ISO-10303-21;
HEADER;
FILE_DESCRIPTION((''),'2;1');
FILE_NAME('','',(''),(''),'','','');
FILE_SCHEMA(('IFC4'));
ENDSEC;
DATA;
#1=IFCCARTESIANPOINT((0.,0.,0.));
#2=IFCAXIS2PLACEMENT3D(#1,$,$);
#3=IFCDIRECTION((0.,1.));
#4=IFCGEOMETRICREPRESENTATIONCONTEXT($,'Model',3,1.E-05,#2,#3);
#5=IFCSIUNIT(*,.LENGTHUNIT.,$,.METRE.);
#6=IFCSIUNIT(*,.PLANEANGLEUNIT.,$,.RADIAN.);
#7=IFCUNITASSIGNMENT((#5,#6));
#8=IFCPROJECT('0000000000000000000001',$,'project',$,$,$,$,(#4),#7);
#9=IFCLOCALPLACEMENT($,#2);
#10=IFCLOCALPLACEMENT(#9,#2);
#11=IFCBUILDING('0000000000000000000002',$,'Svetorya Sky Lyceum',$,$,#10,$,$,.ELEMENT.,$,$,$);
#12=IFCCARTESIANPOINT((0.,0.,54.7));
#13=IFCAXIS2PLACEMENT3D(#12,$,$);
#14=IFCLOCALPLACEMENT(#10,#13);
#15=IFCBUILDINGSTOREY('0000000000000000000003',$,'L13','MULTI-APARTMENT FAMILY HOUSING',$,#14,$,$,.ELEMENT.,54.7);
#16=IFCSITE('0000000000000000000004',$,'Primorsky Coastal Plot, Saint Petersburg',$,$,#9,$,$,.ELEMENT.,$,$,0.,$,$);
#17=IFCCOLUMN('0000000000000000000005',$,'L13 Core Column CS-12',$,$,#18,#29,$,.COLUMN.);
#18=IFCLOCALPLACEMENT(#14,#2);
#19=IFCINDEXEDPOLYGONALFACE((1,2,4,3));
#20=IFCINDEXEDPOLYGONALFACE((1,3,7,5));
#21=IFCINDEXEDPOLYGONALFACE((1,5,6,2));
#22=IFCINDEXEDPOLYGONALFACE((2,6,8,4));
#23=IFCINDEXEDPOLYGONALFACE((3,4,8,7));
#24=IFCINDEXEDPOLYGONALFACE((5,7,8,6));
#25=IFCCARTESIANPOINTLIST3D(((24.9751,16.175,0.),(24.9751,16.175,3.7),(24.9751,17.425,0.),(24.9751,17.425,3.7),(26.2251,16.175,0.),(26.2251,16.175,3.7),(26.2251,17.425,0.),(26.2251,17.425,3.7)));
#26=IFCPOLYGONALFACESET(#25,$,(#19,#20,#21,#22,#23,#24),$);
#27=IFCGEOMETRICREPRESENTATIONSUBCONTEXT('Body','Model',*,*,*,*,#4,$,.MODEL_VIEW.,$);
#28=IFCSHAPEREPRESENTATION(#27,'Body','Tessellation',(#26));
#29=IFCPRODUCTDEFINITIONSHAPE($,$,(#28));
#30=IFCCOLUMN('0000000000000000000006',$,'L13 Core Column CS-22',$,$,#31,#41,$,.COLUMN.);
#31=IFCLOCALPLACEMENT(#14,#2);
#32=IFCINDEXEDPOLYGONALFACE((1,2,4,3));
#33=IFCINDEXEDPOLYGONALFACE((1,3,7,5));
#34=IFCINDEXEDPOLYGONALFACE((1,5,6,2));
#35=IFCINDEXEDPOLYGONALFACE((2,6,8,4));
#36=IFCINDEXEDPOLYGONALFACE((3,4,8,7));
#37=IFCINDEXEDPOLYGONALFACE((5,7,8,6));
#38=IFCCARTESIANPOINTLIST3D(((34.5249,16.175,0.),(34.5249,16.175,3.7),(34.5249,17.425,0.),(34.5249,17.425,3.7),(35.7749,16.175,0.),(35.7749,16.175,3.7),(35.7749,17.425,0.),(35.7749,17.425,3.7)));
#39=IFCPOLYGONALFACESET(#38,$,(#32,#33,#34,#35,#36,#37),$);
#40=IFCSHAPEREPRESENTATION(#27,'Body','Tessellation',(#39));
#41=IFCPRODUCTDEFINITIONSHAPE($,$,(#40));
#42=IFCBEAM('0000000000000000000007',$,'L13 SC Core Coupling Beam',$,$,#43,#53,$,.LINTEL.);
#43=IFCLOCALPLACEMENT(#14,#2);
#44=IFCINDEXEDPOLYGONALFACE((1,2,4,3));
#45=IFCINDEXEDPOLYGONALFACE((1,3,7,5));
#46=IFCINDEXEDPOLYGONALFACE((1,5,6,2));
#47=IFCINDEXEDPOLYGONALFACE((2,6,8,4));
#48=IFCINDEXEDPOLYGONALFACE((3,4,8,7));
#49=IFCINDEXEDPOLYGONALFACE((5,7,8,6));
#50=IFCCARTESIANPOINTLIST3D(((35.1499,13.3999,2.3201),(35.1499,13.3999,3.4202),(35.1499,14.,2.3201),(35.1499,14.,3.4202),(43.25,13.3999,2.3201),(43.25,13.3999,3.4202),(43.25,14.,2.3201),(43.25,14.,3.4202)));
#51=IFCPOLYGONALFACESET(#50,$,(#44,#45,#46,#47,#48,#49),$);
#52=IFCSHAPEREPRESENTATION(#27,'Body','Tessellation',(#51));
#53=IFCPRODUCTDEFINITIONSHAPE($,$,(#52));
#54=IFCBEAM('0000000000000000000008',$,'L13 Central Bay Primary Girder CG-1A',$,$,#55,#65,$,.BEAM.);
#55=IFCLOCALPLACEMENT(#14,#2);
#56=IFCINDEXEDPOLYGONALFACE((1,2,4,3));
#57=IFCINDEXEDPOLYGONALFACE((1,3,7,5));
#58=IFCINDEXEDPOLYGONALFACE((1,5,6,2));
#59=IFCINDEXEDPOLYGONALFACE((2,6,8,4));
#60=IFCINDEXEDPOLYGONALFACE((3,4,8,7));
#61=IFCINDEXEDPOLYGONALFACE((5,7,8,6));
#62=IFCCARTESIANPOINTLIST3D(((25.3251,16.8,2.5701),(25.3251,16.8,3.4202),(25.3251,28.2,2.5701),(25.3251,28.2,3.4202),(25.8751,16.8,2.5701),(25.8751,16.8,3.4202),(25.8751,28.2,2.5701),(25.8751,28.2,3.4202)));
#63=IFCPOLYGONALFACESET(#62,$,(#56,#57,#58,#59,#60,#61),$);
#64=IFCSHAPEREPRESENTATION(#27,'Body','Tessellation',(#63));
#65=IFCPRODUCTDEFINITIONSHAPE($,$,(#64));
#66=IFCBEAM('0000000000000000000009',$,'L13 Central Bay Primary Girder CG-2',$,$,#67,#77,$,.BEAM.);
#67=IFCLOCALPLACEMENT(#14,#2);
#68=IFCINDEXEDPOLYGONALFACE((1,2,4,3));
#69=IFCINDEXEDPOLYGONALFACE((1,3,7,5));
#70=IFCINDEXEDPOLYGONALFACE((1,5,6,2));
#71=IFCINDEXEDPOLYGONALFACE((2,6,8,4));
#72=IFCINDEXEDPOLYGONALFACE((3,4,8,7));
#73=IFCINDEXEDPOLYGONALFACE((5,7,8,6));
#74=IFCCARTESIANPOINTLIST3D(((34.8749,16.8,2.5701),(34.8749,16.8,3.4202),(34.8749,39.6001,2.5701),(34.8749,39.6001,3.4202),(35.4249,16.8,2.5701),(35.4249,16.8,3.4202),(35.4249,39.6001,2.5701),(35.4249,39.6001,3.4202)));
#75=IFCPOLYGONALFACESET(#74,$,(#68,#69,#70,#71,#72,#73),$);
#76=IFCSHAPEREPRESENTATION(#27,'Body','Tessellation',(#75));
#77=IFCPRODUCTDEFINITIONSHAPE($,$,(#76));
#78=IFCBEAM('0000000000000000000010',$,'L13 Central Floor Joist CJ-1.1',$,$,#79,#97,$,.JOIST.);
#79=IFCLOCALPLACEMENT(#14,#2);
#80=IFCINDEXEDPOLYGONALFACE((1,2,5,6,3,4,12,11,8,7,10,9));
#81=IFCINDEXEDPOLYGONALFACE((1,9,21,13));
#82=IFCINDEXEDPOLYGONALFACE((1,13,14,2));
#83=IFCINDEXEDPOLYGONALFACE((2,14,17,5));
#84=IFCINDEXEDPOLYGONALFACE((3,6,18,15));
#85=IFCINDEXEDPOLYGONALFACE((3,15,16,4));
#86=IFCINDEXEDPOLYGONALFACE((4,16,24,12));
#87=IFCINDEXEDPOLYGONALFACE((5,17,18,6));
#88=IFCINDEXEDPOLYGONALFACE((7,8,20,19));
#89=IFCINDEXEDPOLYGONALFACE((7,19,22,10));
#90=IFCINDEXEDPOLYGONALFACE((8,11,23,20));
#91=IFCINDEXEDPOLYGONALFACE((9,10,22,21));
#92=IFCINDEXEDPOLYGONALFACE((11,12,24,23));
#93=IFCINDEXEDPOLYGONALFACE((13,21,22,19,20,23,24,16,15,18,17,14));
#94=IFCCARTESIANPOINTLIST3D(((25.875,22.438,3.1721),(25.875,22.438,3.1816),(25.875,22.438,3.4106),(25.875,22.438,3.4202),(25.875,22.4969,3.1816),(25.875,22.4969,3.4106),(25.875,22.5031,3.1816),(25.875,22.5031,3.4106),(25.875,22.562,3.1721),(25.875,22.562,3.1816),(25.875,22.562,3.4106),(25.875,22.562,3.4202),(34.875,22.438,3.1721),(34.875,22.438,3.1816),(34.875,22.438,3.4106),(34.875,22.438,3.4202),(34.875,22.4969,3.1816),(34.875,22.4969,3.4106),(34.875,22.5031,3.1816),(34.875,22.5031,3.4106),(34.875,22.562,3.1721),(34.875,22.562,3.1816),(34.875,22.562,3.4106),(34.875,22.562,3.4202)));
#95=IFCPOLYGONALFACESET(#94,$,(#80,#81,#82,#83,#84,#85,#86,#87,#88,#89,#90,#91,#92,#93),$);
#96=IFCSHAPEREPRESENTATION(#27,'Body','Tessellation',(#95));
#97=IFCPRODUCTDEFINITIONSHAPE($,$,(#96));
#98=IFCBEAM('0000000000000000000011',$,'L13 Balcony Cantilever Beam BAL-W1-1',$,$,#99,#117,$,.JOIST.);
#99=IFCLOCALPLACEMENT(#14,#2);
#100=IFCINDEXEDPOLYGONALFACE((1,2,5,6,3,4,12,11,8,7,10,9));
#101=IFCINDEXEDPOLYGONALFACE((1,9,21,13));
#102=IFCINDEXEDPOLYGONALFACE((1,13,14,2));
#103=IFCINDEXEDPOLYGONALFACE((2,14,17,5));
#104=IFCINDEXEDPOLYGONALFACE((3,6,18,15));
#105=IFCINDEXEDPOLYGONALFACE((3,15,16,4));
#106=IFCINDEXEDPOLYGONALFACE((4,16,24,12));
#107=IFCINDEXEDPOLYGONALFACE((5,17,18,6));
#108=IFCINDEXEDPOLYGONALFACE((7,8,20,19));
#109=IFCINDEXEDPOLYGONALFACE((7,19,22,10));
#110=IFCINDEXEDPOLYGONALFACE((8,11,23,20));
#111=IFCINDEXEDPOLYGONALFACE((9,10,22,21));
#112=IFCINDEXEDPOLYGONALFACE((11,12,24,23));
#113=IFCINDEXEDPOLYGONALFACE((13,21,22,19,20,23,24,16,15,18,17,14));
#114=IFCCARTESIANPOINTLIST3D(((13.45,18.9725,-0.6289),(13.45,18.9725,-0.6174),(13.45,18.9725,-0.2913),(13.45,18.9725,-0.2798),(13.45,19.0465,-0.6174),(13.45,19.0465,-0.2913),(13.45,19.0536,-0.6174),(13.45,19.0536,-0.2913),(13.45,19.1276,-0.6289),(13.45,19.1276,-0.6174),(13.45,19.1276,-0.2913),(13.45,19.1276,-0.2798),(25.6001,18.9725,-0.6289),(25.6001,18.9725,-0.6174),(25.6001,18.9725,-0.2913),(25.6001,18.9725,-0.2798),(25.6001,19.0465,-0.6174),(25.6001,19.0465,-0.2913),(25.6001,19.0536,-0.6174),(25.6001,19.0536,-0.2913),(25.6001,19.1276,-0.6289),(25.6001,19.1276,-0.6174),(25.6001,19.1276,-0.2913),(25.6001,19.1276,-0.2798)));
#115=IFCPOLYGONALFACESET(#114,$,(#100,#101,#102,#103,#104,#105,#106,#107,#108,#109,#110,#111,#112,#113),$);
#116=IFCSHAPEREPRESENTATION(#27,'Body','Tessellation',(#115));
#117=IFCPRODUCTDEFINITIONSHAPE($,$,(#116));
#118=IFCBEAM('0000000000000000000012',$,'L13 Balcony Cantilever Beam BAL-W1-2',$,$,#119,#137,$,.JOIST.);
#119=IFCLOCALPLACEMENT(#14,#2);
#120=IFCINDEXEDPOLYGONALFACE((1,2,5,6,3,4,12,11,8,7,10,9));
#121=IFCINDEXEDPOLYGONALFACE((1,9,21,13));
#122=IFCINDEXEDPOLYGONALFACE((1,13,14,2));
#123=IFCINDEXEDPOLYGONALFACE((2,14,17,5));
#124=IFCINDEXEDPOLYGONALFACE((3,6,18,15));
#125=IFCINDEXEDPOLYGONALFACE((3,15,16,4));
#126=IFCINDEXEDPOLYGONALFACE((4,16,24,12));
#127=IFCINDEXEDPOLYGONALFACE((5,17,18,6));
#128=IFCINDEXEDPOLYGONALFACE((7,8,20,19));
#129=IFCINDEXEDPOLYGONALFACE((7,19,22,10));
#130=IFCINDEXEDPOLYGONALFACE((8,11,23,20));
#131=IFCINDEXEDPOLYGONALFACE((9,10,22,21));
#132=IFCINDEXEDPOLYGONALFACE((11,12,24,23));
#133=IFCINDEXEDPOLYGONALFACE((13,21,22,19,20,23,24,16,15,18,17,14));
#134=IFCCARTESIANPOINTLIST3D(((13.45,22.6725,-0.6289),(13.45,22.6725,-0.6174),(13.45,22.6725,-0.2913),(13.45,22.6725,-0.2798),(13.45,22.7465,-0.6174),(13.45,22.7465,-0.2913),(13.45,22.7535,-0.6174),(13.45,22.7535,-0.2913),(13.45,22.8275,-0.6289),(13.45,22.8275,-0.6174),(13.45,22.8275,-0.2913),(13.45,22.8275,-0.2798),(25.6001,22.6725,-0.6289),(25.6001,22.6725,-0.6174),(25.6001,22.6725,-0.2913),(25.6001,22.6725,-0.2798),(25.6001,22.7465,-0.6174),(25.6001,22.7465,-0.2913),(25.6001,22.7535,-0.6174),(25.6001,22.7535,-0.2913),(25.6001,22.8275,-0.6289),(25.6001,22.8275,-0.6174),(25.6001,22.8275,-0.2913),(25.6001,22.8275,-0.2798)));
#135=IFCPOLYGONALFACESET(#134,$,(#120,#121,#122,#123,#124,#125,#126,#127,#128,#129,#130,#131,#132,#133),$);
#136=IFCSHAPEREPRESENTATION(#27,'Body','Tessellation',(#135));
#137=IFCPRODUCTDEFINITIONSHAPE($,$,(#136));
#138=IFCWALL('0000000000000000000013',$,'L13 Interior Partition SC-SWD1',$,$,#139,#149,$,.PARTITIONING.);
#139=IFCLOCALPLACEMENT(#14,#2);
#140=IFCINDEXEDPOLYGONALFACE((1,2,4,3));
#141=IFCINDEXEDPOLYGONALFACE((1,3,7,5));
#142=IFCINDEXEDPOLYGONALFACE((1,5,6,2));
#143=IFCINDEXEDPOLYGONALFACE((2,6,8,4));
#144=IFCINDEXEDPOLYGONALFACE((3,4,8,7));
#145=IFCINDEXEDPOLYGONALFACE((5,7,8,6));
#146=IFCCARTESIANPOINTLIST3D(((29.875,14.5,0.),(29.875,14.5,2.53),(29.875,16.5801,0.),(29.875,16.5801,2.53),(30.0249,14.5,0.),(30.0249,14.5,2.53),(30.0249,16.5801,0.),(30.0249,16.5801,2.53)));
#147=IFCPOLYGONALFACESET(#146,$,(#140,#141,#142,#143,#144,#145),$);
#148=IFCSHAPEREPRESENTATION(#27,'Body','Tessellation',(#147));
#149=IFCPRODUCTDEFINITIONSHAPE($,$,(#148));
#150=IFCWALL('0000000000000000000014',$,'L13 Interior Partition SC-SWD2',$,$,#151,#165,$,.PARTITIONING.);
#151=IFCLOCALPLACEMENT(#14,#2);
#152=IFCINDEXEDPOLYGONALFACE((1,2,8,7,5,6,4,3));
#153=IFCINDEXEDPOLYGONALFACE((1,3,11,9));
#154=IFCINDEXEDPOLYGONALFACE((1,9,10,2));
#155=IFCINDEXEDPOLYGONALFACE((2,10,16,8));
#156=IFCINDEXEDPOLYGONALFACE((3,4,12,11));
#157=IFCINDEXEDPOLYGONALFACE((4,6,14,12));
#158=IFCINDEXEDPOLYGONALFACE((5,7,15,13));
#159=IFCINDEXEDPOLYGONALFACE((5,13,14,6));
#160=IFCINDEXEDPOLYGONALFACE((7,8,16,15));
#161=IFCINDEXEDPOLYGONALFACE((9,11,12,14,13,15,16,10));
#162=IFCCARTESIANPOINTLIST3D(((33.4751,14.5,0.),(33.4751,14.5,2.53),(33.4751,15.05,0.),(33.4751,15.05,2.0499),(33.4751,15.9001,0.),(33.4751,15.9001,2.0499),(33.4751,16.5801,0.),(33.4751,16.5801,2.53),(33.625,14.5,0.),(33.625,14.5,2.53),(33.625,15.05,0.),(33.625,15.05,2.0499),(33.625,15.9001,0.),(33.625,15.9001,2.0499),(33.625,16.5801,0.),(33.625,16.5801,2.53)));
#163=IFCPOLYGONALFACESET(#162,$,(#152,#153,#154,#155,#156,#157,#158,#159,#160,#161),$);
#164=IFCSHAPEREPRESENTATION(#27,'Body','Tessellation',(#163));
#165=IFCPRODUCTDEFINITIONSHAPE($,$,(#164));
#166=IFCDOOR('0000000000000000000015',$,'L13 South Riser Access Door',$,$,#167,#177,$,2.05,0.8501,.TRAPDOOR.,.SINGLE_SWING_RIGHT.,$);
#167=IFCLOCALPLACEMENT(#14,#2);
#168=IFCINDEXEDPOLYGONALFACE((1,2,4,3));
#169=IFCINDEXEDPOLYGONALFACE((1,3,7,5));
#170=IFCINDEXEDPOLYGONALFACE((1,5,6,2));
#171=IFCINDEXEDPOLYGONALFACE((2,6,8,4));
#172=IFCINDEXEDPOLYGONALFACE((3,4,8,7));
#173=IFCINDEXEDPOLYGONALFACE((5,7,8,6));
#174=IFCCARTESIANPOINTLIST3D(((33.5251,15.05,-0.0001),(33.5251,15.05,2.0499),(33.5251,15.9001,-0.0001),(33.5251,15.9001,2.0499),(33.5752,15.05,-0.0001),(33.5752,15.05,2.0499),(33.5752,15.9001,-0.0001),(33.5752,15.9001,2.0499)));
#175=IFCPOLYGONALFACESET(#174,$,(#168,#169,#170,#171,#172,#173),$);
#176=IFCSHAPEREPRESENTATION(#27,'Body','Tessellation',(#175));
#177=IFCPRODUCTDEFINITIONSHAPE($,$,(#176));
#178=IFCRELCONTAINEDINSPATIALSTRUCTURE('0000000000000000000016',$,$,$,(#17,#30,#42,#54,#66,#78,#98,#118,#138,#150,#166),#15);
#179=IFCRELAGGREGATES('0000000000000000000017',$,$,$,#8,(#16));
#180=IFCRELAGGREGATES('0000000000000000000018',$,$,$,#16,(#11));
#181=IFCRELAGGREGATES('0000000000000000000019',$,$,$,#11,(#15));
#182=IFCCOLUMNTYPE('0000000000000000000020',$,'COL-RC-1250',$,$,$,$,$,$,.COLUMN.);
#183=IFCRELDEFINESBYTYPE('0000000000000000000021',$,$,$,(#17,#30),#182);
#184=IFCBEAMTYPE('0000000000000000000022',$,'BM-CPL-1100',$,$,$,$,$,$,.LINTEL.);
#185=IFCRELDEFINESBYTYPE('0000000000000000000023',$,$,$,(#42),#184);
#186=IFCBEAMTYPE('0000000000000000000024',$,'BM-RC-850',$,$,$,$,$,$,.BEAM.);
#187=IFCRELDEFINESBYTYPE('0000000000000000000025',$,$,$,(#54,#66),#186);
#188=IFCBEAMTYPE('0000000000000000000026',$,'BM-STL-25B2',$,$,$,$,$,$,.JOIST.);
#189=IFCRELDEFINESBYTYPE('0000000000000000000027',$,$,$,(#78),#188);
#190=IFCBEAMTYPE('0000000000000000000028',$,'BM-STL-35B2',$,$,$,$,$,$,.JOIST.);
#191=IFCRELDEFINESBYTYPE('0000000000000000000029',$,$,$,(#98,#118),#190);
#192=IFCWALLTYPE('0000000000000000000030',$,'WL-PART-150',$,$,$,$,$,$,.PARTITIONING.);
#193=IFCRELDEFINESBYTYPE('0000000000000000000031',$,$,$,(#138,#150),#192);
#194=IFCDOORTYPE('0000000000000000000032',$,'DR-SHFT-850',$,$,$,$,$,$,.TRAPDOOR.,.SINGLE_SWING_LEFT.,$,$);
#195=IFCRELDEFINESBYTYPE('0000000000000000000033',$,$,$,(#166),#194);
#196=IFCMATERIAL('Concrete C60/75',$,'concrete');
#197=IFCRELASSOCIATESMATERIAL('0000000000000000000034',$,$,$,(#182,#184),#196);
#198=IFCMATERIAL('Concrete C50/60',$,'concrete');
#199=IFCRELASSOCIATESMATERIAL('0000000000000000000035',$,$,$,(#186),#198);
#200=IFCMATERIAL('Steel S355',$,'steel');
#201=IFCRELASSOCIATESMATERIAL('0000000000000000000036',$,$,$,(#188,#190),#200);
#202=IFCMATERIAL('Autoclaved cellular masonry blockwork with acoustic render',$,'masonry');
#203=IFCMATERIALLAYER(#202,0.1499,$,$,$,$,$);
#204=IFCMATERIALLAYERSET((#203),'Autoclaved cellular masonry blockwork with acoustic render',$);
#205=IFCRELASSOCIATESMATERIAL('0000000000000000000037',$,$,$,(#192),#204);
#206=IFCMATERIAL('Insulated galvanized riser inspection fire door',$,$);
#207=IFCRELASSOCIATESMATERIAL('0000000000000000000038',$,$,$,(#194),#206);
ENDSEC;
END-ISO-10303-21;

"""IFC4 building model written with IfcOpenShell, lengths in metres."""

from ifc_helpers import new_model, si_unit, direction, frame, frame_2d, origin, origin_2d, place, context, subcontext, project, spatial, rectangle, i_section, extrude, material, layer, layer_set, material_profile, profile_set, type_object, element, fill, save


model = new_model("IFC4")

# Units and contexts
model_context = context("Model", 3, precision=1e-05, world=origin(), true_north=direction((0.0, 1.0)))
body_context = subcontext(model_context, "Body", "Model", "MODEL_VIEW")
ifc_project = project(units=[si_unit("LENGTHUNIT", "METRE"), si_unit("PLANEANGLEUNIT", "RADIAN")], contexts=[model_context])

# Site, building, storey
site_placement = place(None, origin())
site = spatial("IfcSite", under=ifc_project, at=site_placement, Name="Primorsky Coastal Plot, Saint Petersburg", CompositionType="ELEMENT", RefElevation=0.0)
building_placement = place(site_placement, origin())
building = spatial("IfcBuilding", under=site, at=building_placement, Name="Svetorya Sky Lyceum", CompositionType="ELEMENT")
storey_placement = place(building_placement, frame((0.0, 0.0, 54.7)))
storey = spatial("IfcBuildingStorey", under=building, at=storey_placement, Name="L13", Description="MULTI-APARTMENT FAMILY HOUSING", CompositionType="ELEMENT", Elevation=54.7)

# Columns
ifc_material_1 = material(Name="Concrete C60/75", Category="concrete")
ifc_material_profile_1 = material_profile(ifc_material_1, rectangle(XDim=1.25, YDim=1.25, at=origin_2d()), Name="RC COL 1250x1250")
ifc_profile_set_1 = profile_set([ifc_material_profile_1], Name="Concrete C60/75")
column_type = type_object("IfcColumnType", Name="COL-RC-1250", PredefinedType="COLUMN", material=ifc_profile_set_1)
for number, where, z_axis, x_axis, name in (
    (1, (25.6001, 16.8, 0.0), (0.0, 0.0, 1.0), (1.0, 0.0, 0.0), "L13 Core Column CS-12"),
    (2, (35.1499, 16.8, 0.0), (0.0, 0.0, 1.0), (1.0, 0.0, 0.0), "L13 Core Column CS-22"),
):
    element("IfcColumn", number, at=place(storey_placement, frame(where, z_axis=z_axis, x_axis=x_axis)), inside=storey, type_object=column_type, Name=name, PredefinedType="COLUMN", context=body_context, shape_type="SweptSolid", body=[
        extrude(rectangle(XDim=1.25, YDim=1.25, at=origin_2d()), origin(), (0.0, 0.0, 1.0), 3.7),
    ])

# Beams
ifc_material_profile_2 = material_profile(ifc_material_1, rectangle(XDim=0.6001, YDim=1.1001, at=origin_2d()), Name="RC COUPLING 600x1100")
ifc_profile_set_2 = profile_set([ifc_material_profile_2], Name="Concrete C60/75")
beam_type_1 = type_object("IfcBeamType", Name="BM-CPL-1100", PredefinedType="LINTEL", material=ifc_profile_set_2)
beam_1_placement = place(storey_placement, frame((35.1499, 13.7, 2.8701), z_axis=(1.0, 0.0, 0.0), x_axis=(0.0, 1.0, 0.0)))
element("IfcBeam", 3, at=beam_1_placement, inside=storey, type_object=beam_type_1, Name="L13 SC Core Coupling Beam", PredefinedType="LINTEL", context=body_context, shape_type="SweptSolid", body=[
    extrude(rectangle(XDim=0.6001, YDim=1.1001, at=origin_2d()), origin(), (0.0, 0.0, 1.0), 8.1001),
])
ifc_material_2 = material(Name="Concrete C50/60", Category="concrete")
ifc_material_profile_3 = material_profile(ifc_material_2, rectangle(XDim=0.55, YDim=0.8501, at=origin_2d()), Name="RC BEAM 550x850")
ifc_profile_set_3 = profile_set([ifc_material_profile_3], Name="Concrete C50/60")
beam_type_2 = type_object("IfcBeamType", Name="BM-RC-850", PredefinedType="BEAM", material=ifc_profile_set_3)
beam_2_placement = place(storey_placement, frame((25.6001, 16.8, 2.9951), z_axis=(0.0, 1.0, 0.0), x_axis=(-1.0, 0.0, 0.0)))
element("IfcBeam", 4, at=beam_2_placement, inside=storey, type_object=beam_type_2, Name="L13 Central Bay Primary Girder CG-1A", PredefinedType="BEAM", context=body_context, shape_type="SweptSolid", body=[
    extrude(rectangle(XDim=0.55, YDim=0.8501, at=origin_2d()), origin(), (0.0, 0.0, 1.0), 11.3999),
])
beam_3_placement = place(storey_placement, frame((35.1499, 16.8, 2.9951), z_axis=(0.0, 1.0, 0.0), x_axis=(-1.0, 0.0, 0.0)))
element("IfcBeam", 5, at=beam_3_placement, inside=storey, type_object=beam_type_2, Name="L13 Central Bay Primary Girder CG-2", PredefinedType="BEAM", context=body_context, shape_type="SweptSolid", body=[
    extrude(rectangle(XDim=0.55, YDim=0.8501, at=origin_2d()), origin(), (0.0, 0.0, 1.0), 22.8),
])
ifc_material_3 = material(Name="Steel S355", Category="steel")
ifc_material_profile_4 = material_profile(ifc_material_3, i_section(OverallWidth=0.124, OverallDepth=0.248, WebThickness=0.0061, FlangeThickness=0.0095, at=origin_2d()), Name="GOST 25B2")
ifc_profile_set_4 = profile_set([ifc_material_profile_4], Name="Steel S355")
beam_type_3 = type_object("IfcBeamType", Name="BM-STL-25B2", PredefinedType="JOIST", material=ifc_profile_set_4)
beam_4_placement = place(storey_placement, frame((25.875, 22.5, 3.2961), z_axis=(1.0, 0.0, 0.0), x_axis=(0.0, 1.0, 0.0)))
element("IfcBeam", 6, at=beam_4_placement, inside=storey, type_object=beam_type_3, Name="L13 Central Floor Joist CJ-1.1", PredefinedType="JOIST", context=body_context, shape_type="SweptSolid", body=[
    extrude(i_section(OverallWidth=0.124, OverallDepth=0.248, WebThickness=0.0061, FlangeThickness=0.0095, at=origin_2d()), origin(), (0.0, 0.0, 1.0), 9.0),
])
ifc_material_profile_5 = material_profile(ifc_material_3, i_section(OverallWidth=0.155, OverallDepth=0.3491, WebThickness=0.0071, FlangeThickness=0.0115, at=origin_2d()), Name="GOST 35B2")
ifc_profile_set_5 = profile_set([ifc_material_profile_5], Name="Steel S355")
beam_type_4 = type_object("IfcBeamType", Name="BM-STL-35B2", PredefinedType="JOIST", material=ifc_profile_set_5)
for number, where, z_axis, x_axis, name in (
    (7, (25.6001, 19.05, -0.4543), (-1.0, 0.0, 0.0), (0.0, -1.0, 0.0), "L13 Balcony Cantilever Beam BAL-W1-1"),
    (8, (25.6001, 22.75, -0.4543), (-1.0, 0.0, 0.0), (0.0, -1.0, 0.0), "L13 Balcony Cantilever Beam BAL-W1-2"),
):
    element("IfcBeam", number, at=place(storey_placement, frame(where, z_axis=z_axis, x_axis=x_axis)), inside=storey, type_object=beam_type_4, Name=name, PredefinedType="JOIST", context=body_context, shape_type="SweptSolid", body=[
        extrude(i_section(OverallWidth=0.155, OverallDepth=0.3491, WebThickness=0.0071, FlangeThickness=0.0115, at=origin_2d()), origin(), (0.0, 0.0, 1.0), 12.1501),
    ])

# Wall
ifc_material_4 = material(Name="Autoclaved cellular masonry blockwork with acoustic render", Category="masonry")
ifc_layer_1 = layer(ifc_material_4, 0.1499)
ifc_layer_set_1 = layer_set([ifc_layer_1], Name="Autoclaved cellular masonry blockwork with acoustic render")
wall_type_1 = type_object("IfcWallType", Name="WL-PART-150", PredefinedType="PARTITIONING", material=ifc_layer_set_1)
wall_1_placement = place(storey_placement, frame((29.95, 14.5, 0.0), z_axis=(0.0, 0.0, 1.0), x_axis=(0.0, 1.0, 0.0)))
element("IfcWall", 9, at=wall_1_placement, inside=storey, type_object=wall_type_1, Name="L13 Interior Partition SC-SWD1", PredefinedType="PARTITIONING", context=body_context, shape_type="SweptSolid", body=[
    extrude(rectangle(XDim=2.0801, YDim=0.1499, at=frame_2d((1.04, 0.0))), origin(), (0.0, 0.0, 1.0), 2.53),
])

# Wall, opening, door
wall_2_placement = place(storey_placement, frame((33.55, 14.5, 0.0), z_axis=(0.0, 0.0, 1.0), x_axis=(0.0, 1.0, 0.0)))
wall_2 = element("IfcWall", 10, at=wall_2_placement, inside=storey, type_object=wall_type_1, Name="L13 Interior Partition SC-SWD2", PredefinedType="PARTITIONING", context=body_context, shape_type="SweptSolid", body=[
    extrude(rectangle(XDim=2.0801, YDim=0.1499, at=frame_2d((1.04, 0.0))), origin(), (0.0, 0.0, 1.0), 2.53),
])
opening_1_placement = place(wall_2_placement, frame((0.55, 0.0, 0.0)))
opening_1 = element("IfcOpeningElement", 11, at=opening_1_placement, cuts=wall_2, PredefinedType="OPENING", context=body_context, shape_type="SweptSolid", body=[
    extrude(rectangle(XDim=0.8501, YDim=2.05, at=frame_2d((0.425, 1.0249))), frame((0.0, 0.085, 0.0), z_axis=(0.0, -1.0, 0.0), x_axis=(1.0, 0.0, 0.0)), (0.0, 0.0, 1.0), 0.1699),
])
ifc_material_5 = material(Name="Insulated galvanized riser inspection fire door")
door_type_1 = type_object("IfcDoorType", Name="DR-SHFT-850", OperationType="SINGLE_SWING_LEFT", PredefinedType="TRAPDOOR", material=ifc_material_5)
door_1_placement = place(opening_1_placement, origin())
door_1 = element("IfcDoor", 12, at=door_1_placement, inside=storey, type_object=door_type_1, Name="L13 South Riser Access Door", OperationType="SINGLE_SWING_RIGHT", OverallHeight=2.05, OverallWidth=0.8501, PredefinedType="TRAPDOOR", context=body_context, shape_type="SweptSolid", body=[
    extrude(rectangle(XDim=0.8501, YDim=2.05, at=frame_2d((0.425, 1.0249))), frame((0.0, 0.0249, 0.0), z_axis=(0.0, -1.0, 0.0), x_axis=(1.0, 0.0, 0.0)), (0.0, 0.0, 1.0), 0.05),
])
fill(opening_1, door_1)

save(model, "model.ifc")
